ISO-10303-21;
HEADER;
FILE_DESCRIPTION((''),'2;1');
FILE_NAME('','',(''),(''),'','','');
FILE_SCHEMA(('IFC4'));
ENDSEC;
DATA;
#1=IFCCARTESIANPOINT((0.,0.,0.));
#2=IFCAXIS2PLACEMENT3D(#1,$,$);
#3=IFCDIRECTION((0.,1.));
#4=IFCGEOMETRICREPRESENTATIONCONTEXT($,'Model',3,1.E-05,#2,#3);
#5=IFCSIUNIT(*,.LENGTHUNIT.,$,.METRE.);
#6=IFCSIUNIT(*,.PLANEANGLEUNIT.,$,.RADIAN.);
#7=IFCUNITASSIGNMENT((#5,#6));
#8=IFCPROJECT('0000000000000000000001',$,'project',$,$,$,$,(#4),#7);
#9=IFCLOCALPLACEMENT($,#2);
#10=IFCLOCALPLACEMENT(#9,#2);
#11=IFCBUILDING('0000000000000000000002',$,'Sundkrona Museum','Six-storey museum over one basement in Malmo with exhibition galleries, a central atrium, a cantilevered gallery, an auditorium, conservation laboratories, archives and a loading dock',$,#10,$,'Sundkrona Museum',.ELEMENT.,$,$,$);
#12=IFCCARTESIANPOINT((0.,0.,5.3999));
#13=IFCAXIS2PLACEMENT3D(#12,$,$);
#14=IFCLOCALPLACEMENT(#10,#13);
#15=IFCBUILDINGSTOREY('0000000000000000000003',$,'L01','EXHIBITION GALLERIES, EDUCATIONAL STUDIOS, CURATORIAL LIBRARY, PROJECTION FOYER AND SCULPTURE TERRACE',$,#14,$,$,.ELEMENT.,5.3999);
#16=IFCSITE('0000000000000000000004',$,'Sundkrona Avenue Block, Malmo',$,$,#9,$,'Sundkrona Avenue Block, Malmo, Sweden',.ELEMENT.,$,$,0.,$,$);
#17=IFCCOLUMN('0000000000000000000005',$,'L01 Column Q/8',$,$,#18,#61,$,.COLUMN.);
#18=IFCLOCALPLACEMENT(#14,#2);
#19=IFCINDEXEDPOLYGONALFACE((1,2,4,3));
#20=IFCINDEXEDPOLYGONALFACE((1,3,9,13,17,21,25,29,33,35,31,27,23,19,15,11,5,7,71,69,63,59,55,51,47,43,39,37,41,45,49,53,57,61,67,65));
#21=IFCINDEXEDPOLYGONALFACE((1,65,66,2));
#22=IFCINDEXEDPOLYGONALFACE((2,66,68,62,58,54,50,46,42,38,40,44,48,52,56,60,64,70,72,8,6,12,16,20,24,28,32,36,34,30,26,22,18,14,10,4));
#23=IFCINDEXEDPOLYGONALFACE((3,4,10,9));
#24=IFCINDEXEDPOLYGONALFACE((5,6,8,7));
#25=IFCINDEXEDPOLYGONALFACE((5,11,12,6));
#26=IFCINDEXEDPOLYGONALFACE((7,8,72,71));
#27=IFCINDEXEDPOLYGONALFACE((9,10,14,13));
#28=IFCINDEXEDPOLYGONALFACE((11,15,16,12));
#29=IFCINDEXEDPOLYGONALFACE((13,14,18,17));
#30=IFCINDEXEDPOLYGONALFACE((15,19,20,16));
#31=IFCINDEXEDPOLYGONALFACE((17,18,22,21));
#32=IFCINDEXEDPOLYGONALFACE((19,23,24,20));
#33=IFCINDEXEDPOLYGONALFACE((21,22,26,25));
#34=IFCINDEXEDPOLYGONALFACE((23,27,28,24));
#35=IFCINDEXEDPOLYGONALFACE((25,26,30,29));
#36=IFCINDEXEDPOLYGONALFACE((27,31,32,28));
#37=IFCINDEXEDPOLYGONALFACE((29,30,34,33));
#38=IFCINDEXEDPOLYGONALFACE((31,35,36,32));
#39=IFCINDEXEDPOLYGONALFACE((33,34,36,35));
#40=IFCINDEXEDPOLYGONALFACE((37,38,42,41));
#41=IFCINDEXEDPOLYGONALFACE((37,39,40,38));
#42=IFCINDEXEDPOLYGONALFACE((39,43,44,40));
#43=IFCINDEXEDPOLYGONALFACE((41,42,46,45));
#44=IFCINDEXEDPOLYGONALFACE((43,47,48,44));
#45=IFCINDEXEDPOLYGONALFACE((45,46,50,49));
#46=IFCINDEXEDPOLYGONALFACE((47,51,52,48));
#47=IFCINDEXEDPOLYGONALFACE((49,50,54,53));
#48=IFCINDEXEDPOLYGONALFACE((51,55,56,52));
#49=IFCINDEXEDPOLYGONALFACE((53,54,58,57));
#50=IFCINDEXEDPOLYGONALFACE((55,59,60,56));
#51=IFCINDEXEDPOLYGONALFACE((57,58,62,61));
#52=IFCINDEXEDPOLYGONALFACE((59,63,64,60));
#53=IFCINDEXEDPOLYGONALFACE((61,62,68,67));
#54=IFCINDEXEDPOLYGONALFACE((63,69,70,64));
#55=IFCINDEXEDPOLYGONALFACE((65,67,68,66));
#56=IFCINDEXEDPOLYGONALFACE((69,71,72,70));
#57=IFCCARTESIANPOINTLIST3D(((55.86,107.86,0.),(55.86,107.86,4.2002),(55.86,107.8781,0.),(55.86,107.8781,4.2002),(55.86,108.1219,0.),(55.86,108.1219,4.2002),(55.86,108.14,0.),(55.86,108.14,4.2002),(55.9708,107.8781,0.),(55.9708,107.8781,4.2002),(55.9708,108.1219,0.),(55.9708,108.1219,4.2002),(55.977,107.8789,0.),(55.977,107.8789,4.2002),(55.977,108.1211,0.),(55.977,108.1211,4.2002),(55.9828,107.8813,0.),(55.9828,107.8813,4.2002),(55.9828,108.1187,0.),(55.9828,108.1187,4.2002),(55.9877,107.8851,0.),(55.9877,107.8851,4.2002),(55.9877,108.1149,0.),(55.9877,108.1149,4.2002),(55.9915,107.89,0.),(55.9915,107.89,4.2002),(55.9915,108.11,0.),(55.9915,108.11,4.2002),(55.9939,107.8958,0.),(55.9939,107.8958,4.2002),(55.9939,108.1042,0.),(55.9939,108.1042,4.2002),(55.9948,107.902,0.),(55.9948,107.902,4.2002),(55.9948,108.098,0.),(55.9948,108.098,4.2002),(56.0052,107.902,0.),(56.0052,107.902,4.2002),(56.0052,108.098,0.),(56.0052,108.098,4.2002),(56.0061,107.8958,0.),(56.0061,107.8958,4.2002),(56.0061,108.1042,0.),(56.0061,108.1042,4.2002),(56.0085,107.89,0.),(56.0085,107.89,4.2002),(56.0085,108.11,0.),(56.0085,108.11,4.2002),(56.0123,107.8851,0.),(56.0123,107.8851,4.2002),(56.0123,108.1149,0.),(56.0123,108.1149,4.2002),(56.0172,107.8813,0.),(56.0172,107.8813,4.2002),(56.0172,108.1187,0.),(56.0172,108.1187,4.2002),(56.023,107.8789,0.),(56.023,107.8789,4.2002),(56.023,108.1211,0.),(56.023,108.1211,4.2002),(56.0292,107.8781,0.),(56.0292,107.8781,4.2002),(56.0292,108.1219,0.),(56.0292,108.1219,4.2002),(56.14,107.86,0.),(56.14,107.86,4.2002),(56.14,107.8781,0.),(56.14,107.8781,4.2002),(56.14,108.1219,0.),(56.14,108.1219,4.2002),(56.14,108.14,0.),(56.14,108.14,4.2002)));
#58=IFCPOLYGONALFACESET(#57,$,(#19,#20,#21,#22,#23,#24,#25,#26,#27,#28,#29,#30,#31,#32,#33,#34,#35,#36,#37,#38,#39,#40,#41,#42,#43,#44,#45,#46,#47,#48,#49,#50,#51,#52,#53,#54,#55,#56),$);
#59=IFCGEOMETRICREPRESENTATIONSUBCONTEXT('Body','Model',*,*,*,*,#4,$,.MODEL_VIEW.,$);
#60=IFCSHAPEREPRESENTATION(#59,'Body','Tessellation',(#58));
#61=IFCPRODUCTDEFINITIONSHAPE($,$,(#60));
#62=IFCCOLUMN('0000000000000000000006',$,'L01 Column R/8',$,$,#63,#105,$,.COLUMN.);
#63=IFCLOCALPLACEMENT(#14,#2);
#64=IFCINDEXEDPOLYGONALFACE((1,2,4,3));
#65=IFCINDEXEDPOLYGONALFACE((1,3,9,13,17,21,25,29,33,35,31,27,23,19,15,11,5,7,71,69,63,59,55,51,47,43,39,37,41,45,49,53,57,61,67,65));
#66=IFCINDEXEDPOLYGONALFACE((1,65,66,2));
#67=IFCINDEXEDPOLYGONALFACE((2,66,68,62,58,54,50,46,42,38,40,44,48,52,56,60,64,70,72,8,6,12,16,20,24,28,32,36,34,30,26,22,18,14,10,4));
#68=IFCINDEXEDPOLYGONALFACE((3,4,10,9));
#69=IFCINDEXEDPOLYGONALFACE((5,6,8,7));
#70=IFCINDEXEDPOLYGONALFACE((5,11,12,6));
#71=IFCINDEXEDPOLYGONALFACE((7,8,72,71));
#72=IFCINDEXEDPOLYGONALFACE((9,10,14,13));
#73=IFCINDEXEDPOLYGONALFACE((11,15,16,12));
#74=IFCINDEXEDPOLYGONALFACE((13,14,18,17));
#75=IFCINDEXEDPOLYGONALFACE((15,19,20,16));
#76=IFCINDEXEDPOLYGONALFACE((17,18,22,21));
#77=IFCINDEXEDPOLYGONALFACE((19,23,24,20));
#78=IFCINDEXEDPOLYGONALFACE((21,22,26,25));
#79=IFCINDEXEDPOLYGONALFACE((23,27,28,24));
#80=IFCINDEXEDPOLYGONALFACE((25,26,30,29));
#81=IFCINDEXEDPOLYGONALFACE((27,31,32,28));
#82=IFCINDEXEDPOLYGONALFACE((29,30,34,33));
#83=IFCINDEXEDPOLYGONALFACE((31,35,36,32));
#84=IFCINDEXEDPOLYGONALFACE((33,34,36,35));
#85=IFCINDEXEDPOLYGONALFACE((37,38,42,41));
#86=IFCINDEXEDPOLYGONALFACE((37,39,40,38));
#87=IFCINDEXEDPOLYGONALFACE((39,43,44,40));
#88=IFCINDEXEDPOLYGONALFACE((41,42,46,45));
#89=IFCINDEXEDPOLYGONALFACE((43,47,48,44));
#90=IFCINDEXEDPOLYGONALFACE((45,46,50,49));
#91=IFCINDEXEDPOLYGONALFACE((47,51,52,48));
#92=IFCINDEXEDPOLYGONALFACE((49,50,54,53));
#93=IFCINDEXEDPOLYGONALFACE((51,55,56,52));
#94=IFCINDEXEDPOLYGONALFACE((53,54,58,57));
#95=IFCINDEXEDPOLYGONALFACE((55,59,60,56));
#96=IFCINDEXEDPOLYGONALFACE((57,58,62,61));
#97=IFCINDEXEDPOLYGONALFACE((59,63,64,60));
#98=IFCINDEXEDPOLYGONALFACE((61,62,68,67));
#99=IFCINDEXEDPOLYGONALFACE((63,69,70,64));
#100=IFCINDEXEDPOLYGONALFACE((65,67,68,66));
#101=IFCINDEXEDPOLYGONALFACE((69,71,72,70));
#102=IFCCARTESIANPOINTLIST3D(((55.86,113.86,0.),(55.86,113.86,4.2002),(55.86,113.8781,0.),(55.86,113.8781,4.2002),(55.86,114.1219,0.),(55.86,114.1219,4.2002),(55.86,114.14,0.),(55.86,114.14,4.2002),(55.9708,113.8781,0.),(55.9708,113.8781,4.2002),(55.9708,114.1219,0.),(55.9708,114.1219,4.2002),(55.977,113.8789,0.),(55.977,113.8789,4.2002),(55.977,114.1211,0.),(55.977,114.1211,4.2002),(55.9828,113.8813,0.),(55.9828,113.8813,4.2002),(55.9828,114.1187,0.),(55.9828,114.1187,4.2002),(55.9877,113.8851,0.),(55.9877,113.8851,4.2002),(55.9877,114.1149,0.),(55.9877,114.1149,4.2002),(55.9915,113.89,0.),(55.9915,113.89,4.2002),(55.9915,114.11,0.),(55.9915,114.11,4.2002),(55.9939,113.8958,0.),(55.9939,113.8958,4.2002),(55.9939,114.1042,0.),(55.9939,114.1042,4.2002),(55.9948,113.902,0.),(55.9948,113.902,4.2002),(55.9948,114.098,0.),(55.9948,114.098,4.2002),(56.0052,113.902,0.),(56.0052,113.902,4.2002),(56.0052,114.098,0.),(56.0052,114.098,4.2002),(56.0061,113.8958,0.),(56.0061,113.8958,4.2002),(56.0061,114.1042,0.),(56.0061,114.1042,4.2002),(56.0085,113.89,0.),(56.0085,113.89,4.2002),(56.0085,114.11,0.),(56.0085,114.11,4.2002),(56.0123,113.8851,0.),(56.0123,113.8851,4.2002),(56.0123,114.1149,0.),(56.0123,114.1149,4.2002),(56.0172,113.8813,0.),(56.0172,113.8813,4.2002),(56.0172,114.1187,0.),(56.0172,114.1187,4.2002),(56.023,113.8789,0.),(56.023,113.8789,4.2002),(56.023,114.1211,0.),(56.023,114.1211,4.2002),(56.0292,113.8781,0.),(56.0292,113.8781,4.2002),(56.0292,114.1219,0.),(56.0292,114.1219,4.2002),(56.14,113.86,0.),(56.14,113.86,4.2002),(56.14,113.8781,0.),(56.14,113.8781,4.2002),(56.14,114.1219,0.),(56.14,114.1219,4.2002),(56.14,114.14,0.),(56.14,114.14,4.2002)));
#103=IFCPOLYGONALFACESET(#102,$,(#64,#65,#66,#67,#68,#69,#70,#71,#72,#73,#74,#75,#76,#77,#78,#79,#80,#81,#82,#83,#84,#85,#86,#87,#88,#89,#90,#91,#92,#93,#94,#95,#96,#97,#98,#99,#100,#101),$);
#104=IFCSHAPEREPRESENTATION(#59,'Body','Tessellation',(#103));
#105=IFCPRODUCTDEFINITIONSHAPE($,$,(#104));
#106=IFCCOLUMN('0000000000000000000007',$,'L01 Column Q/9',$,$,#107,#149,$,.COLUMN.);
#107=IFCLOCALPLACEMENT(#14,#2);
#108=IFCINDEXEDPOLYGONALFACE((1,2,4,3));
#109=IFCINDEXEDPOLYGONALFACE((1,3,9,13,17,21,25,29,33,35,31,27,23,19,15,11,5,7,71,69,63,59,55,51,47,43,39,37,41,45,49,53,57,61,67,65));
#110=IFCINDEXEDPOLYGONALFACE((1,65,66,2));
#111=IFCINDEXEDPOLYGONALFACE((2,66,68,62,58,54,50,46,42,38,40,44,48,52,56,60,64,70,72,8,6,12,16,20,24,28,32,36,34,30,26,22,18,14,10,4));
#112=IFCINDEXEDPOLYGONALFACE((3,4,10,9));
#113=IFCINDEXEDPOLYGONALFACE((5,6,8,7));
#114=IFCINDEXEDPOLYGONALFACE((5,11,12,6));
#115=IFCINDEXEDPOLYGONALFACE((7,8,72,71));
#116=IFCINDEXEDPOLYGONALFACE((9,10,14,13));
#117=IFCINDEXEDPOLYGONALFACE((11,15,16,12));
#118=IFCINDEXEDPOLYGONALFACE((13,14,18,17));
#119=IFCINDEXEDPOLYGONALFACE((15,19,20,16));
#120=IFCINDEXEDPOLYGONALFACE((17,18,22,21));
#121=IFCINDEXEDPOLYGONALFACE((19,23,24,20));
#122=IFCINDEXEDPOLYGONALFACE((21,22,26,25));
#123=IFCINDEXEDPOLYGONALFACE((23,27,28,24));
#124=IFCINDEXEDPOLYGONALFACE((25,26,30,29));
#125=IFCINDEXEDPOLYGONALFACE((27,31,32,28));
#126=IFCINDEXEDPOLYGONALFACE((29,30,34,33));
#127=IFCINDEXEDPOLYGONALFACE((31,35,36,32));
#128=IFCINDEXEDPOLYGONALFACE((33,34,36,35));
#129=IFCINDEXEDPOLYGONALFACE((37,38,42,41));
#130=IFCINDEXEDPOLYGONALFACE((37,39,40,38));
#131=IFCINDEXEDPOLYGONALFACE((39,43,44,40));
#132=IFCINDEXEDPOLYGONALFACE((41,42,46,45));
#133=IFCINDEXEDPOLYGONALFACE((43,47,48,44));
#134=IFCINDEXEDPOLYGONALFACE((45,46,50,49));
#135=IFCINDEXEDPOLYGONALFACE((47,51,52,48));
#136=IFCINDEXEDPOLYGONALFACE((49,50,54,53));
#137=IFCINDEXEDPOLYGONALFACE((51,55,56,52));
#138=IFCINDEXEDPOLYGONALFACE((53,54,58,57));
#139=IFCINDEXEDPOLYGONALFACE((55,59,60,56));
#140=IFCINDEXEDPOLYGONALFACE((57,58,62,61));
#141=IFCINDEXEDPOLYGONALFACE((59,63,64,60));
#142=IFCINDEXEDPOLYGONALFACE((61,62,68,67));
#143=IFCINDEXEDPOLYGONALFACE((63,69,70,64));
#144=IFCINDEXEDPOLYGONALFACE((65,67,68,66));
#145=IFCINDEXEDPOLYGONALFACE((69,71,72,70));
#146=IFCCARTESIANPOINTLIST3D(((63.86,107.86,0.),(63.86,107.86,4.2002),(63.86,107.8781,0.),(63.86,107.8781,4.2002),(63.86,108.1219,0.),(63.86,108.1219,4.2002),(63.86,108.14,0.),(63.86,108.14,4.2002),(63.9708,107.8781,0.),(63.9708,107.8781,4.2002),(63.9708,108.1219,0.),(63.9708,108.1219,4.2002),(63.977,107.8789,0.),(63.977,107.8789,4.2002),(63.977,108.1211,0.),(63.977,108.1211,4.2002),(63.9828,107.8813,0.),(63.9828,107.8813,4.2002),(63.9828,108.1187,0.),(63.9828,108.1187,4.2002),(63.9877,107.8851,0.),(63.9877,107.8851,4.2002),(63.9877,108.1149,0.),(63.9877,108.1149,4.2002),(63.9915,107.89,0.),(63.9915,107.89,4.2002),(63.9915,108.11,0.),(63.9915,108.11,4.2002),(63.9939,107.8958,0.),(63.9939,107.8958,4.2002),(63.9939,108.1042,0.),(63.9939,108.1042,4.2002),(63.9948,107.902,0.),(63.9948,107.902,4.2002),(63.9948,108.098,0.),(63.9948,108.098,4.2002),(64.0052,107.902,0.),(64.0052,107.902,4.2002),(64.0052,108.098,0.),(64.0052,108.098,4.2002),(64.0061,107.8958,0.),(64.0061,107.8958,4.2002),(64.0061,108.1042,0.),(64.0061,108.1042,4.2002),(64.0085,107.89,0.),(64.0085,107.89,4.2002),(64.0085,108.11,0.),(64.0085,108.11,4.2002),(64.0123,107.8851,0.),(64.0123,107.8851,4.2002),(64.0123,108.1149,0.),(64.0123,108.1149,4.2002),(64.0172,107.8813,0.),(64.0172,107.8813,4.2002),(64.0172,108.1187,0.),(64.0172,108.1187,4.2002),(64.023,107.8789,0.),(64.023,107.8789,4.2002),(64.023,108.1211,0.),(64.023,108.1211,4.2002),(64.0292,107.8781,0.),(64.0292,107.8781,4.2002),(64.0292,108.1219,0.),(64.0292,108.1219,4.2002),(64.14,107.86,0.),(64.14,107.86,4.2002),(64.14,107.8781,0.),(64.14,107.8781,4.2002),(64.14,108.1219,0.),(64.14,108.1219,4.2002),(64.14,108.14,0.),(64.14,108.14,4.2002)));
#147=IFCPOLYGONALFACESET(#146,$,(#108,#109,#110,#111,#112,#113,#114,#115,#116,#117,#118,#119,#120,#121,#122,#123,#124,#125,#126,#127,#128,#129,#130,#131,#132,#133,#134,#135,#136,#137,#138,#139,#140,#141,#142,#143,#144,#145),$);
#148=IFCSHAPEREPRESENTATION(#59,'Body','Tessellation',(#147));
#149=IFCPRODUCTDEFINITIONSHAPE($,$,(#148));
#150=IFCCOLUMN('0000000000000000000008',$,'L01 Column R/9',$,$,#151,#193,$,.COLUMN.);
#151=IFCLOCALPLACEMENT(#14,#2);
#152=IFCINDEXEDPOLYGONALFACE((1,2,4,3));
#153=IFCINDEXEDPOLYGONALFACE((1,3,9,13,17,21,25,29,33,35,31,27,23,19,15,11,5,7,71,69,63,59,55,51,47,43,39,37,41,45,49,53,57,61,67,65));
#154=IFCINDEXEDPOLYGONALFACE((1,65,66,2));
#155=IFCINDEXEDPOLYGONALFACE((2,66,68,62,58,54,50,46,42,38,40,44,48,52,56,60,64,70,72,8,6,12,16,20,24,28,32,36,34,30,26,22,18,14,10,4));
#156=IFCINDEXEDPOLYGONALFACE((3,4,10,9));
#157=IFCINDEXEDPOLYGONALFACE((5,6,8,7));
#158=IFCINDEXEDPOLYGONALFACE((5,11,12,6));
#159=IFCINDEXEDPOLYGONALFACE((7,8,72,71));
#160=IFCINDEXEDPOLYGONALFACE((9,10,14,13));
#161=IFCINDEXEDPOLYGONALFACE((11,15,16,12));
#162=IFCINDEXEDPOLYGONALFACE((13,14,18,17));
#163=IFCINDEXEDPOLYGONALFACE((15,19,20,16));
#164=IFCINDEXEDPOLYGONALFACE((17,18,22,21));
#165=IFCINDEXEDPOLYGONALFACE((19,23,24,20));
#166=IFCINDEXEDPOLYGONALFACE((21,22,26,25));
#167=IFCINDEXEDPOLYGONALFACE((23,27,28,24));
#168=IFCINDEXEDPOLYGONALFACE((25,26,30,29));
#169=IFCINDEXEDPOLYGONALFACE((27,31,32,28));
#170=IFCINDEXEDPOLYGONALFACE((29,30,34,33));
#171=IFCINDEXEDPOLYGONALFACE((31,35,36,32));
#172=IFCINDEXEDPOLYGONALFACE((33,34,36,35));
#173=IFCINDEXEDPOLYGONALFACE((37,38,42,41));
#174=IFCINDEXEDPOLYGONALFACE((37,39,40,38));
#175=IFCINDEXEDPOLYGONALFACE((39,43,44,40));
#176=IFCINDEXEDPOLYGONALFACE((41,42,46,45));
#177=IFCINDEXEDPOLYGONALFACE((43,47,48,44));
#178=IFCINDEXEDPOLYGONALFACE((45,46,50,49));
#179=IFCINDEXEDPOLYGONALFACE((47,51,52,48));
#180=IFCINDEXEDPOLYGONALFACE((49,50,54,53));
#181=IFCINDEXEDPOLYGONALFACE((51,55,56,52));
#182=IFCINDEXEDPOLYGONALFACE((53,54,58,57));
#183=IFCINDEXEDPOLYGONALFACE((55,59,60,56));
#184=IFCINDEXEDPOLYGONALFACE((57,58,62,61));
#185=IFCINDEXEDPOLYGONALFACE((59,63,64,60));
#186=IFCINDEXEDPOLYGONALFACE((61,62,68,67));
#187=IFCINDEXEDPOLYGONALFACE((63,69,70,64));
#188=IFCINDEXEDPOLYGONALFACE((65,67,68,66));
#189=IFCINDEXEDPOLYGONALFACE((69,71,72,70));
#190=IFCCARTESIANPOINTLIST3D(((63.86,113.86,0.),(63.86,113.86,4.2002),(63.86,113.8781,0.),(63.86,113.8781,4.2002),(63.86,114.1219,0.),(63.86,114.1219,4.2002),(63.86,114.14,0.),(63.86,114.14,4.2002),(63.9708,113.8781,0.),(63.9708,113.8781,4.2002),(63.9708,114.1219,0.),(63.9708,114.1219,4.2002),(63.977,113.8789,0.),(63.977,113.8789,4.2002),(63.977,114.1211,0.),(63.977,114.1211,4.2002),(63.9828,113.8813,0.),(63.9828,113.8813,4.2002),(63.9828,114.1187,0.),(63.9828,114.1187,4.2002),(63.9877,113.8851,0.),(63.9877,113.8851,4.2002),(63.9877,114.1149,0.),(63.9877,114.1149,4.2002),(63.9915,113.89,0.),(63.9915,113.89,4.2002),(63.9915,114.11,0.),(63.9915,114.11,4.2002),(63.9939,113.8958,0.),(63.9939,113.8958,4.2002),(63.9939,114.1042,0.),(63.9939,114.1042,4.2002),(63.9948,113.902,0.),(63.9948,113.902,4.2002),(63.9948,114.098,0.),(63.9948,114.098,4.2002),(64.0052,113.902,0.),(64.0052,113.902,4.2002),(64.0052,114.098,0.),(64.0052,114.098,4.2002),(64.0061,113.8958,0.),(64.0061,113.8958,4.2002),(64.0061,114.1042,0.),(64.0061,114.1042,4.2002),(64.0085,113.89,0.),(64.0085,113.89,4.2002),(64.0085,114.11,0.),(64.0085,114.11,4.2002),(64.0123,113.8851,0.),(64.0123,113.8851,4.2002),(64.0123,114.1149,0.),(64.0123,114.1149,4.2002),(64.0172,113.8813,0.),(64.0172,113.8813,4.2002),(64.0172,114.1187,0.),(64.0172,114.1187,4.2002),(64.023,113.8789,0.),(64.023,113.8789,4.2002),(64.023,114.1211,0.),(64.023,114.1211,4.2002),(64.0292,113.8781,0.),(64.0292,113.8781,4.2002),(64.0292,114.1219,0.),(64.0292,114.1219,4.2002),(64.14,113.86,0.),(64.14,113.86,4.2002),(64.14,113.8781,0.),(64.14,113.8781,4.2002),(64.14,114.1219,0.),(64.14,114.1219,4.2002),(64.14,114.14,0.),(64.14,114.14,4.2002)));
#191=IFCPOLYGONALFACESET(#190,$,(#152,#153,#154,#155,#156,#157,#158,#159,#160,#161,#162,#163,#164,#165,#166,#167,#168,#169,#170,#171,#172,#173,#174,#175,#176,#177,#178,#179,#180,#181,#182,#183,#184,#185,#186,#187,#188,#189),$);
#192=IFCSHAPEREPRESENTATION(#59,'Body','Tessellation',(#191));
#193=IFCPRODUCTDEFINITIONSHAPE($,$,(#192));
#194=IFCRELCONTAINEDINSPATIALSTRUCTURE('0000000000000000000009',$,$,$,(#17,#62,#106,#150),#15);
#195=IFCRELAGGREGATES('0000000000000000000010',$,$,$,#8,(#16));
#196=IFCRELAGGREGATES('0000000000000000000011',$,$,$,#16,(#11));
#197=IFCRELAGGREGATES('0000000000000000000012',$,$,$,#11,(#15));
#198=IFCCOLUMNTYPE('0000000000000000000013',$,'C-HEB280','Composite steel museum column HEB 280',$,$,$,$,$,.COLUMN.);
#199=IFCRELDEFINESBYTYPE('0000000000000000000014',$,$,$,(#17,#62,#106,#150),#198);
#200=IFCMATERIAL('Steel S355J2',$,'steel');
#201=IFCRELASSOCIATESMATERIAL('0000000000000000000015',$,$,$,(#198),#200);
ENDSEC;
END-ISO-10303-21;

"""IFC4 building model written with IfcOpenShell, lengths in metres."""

from ifc_helpers import new_model, si_unit, direction, frame, origin, origin_2d, place, context, subcontext, project, spatial, i_section, extrude, material, material_profile, profile_set, type_object, element, save


model = new_model("IFC4")

# Units and contexts
model_context = context("Model", 3, precision=1e-05, world=origin(), true_north=direction((0.0, 1.0)))
body_context = subcontext(model_context, "Body", "Model", "MODEL_VIEW")
ifc_project = project(units=[si_unit("LENGTHUNIT", "METRE"), si_unit("PLANEANGLEUNIT", "RADIAN")], contexts=[model_context])

# Site, building, storey
site_placement = place(None, origin())
site = spatial("IfcSite", under=ifc_project, at=site_placement, Name="Sundkrona Avenue Block, Malmo", LongName="Sundkrona Avenue Block, Malmo, Sweden", CompositionType="ELEMENT", RefElevation=0.0)
building_placement = place(site_placement, origin())
building = spatial("IfcBuilding", under=site, at=building_placement, Name="Sundkrona Museum", Description="Six-storey museum over one basement in Malmo with exhibition galleries, a central atrium, a cantilevered gallery, an auditorium, conservation laboratories, archives and a loading dock", LongName="Sundkrona Museum", CompositionType="ELEMENT")
storey_placement = place(building_placement, frame((0.0, 0.0, 5.3999)))
storey = spatial("IfcBuildingStorey", under=building, at=storey_placement, Name="L01", Description="EXHIBITION GALLERIES, EDUCATIONAL STUDIOS, CURATORIAL LIBRARY, PROJECTION FOYER AND SCULPTURE TERRACE", CompositionType="ELEMENT", Elevation=5.3999)

# Columns
ifc_material_1 = material(Name="Steel S355J2", Category="steel")
ifc_material_profile_1 = material_profile(ifc_material_1, i_section(OverallWidth=0.28, OverallDepth=0.28, WebThickness=0.0105, FlangeThickness=0.0181, FilletRadius=0.0239, at=origin_2d()), Name="HEB 280")
ifc_profile_set_1 = profile_set([ifc_material_profile_1], Name="Steel S355J2")
column_type = type_object("IfcColumnType", Name="C-HEB280", Description="Composite steel museum column HEB 280", PredefinedType="COLUMN", material=ifc_profile_set_1)
for number, where, z_axis, x_axis, name in (
    (1, (56.0, 108.0, 0.0), (0.0, 0.0, 1.0), (1.0, 0.0, 0.0), "L01 Column Q/8"),
    (2, (56.0, 114.0, 0.0), (0.0, 0.0, 1.0), (1.0, 0.0, 0.0), "L01 Column R/8"),
    (3, (64.0, 108.0, 0.0), (0.0, 0.0, 1.0), (1.0, 0.0, 0.0), "L01 Column Q/9"),
    (4, (64.0, 114.0, 0.0), (0.0, 0.0, 1.0), (1.0, 0.0, 0.0), "L01 Column R/9"),
):
    element("IfcColumn", number, at=place(storey_placement, frame(where, z_axis=z_axis, x_axis=x_axis)), inside=storey, type_object=column_type, Name=name, PredefinedType="COLUMN", context=body_context, shape_type="SweptSolid", body=[
        extrude(i_section(OverallWidth=0.28, OverallDepth=0.28, WebThickness=0.0105, FlangeThickness=0.0181, FilletRadius=0.0239, at=origin_2d()), origin(), (0.0, 0.0, 1.0), 4.2002),
    ])

save(model, "model.ifc")
